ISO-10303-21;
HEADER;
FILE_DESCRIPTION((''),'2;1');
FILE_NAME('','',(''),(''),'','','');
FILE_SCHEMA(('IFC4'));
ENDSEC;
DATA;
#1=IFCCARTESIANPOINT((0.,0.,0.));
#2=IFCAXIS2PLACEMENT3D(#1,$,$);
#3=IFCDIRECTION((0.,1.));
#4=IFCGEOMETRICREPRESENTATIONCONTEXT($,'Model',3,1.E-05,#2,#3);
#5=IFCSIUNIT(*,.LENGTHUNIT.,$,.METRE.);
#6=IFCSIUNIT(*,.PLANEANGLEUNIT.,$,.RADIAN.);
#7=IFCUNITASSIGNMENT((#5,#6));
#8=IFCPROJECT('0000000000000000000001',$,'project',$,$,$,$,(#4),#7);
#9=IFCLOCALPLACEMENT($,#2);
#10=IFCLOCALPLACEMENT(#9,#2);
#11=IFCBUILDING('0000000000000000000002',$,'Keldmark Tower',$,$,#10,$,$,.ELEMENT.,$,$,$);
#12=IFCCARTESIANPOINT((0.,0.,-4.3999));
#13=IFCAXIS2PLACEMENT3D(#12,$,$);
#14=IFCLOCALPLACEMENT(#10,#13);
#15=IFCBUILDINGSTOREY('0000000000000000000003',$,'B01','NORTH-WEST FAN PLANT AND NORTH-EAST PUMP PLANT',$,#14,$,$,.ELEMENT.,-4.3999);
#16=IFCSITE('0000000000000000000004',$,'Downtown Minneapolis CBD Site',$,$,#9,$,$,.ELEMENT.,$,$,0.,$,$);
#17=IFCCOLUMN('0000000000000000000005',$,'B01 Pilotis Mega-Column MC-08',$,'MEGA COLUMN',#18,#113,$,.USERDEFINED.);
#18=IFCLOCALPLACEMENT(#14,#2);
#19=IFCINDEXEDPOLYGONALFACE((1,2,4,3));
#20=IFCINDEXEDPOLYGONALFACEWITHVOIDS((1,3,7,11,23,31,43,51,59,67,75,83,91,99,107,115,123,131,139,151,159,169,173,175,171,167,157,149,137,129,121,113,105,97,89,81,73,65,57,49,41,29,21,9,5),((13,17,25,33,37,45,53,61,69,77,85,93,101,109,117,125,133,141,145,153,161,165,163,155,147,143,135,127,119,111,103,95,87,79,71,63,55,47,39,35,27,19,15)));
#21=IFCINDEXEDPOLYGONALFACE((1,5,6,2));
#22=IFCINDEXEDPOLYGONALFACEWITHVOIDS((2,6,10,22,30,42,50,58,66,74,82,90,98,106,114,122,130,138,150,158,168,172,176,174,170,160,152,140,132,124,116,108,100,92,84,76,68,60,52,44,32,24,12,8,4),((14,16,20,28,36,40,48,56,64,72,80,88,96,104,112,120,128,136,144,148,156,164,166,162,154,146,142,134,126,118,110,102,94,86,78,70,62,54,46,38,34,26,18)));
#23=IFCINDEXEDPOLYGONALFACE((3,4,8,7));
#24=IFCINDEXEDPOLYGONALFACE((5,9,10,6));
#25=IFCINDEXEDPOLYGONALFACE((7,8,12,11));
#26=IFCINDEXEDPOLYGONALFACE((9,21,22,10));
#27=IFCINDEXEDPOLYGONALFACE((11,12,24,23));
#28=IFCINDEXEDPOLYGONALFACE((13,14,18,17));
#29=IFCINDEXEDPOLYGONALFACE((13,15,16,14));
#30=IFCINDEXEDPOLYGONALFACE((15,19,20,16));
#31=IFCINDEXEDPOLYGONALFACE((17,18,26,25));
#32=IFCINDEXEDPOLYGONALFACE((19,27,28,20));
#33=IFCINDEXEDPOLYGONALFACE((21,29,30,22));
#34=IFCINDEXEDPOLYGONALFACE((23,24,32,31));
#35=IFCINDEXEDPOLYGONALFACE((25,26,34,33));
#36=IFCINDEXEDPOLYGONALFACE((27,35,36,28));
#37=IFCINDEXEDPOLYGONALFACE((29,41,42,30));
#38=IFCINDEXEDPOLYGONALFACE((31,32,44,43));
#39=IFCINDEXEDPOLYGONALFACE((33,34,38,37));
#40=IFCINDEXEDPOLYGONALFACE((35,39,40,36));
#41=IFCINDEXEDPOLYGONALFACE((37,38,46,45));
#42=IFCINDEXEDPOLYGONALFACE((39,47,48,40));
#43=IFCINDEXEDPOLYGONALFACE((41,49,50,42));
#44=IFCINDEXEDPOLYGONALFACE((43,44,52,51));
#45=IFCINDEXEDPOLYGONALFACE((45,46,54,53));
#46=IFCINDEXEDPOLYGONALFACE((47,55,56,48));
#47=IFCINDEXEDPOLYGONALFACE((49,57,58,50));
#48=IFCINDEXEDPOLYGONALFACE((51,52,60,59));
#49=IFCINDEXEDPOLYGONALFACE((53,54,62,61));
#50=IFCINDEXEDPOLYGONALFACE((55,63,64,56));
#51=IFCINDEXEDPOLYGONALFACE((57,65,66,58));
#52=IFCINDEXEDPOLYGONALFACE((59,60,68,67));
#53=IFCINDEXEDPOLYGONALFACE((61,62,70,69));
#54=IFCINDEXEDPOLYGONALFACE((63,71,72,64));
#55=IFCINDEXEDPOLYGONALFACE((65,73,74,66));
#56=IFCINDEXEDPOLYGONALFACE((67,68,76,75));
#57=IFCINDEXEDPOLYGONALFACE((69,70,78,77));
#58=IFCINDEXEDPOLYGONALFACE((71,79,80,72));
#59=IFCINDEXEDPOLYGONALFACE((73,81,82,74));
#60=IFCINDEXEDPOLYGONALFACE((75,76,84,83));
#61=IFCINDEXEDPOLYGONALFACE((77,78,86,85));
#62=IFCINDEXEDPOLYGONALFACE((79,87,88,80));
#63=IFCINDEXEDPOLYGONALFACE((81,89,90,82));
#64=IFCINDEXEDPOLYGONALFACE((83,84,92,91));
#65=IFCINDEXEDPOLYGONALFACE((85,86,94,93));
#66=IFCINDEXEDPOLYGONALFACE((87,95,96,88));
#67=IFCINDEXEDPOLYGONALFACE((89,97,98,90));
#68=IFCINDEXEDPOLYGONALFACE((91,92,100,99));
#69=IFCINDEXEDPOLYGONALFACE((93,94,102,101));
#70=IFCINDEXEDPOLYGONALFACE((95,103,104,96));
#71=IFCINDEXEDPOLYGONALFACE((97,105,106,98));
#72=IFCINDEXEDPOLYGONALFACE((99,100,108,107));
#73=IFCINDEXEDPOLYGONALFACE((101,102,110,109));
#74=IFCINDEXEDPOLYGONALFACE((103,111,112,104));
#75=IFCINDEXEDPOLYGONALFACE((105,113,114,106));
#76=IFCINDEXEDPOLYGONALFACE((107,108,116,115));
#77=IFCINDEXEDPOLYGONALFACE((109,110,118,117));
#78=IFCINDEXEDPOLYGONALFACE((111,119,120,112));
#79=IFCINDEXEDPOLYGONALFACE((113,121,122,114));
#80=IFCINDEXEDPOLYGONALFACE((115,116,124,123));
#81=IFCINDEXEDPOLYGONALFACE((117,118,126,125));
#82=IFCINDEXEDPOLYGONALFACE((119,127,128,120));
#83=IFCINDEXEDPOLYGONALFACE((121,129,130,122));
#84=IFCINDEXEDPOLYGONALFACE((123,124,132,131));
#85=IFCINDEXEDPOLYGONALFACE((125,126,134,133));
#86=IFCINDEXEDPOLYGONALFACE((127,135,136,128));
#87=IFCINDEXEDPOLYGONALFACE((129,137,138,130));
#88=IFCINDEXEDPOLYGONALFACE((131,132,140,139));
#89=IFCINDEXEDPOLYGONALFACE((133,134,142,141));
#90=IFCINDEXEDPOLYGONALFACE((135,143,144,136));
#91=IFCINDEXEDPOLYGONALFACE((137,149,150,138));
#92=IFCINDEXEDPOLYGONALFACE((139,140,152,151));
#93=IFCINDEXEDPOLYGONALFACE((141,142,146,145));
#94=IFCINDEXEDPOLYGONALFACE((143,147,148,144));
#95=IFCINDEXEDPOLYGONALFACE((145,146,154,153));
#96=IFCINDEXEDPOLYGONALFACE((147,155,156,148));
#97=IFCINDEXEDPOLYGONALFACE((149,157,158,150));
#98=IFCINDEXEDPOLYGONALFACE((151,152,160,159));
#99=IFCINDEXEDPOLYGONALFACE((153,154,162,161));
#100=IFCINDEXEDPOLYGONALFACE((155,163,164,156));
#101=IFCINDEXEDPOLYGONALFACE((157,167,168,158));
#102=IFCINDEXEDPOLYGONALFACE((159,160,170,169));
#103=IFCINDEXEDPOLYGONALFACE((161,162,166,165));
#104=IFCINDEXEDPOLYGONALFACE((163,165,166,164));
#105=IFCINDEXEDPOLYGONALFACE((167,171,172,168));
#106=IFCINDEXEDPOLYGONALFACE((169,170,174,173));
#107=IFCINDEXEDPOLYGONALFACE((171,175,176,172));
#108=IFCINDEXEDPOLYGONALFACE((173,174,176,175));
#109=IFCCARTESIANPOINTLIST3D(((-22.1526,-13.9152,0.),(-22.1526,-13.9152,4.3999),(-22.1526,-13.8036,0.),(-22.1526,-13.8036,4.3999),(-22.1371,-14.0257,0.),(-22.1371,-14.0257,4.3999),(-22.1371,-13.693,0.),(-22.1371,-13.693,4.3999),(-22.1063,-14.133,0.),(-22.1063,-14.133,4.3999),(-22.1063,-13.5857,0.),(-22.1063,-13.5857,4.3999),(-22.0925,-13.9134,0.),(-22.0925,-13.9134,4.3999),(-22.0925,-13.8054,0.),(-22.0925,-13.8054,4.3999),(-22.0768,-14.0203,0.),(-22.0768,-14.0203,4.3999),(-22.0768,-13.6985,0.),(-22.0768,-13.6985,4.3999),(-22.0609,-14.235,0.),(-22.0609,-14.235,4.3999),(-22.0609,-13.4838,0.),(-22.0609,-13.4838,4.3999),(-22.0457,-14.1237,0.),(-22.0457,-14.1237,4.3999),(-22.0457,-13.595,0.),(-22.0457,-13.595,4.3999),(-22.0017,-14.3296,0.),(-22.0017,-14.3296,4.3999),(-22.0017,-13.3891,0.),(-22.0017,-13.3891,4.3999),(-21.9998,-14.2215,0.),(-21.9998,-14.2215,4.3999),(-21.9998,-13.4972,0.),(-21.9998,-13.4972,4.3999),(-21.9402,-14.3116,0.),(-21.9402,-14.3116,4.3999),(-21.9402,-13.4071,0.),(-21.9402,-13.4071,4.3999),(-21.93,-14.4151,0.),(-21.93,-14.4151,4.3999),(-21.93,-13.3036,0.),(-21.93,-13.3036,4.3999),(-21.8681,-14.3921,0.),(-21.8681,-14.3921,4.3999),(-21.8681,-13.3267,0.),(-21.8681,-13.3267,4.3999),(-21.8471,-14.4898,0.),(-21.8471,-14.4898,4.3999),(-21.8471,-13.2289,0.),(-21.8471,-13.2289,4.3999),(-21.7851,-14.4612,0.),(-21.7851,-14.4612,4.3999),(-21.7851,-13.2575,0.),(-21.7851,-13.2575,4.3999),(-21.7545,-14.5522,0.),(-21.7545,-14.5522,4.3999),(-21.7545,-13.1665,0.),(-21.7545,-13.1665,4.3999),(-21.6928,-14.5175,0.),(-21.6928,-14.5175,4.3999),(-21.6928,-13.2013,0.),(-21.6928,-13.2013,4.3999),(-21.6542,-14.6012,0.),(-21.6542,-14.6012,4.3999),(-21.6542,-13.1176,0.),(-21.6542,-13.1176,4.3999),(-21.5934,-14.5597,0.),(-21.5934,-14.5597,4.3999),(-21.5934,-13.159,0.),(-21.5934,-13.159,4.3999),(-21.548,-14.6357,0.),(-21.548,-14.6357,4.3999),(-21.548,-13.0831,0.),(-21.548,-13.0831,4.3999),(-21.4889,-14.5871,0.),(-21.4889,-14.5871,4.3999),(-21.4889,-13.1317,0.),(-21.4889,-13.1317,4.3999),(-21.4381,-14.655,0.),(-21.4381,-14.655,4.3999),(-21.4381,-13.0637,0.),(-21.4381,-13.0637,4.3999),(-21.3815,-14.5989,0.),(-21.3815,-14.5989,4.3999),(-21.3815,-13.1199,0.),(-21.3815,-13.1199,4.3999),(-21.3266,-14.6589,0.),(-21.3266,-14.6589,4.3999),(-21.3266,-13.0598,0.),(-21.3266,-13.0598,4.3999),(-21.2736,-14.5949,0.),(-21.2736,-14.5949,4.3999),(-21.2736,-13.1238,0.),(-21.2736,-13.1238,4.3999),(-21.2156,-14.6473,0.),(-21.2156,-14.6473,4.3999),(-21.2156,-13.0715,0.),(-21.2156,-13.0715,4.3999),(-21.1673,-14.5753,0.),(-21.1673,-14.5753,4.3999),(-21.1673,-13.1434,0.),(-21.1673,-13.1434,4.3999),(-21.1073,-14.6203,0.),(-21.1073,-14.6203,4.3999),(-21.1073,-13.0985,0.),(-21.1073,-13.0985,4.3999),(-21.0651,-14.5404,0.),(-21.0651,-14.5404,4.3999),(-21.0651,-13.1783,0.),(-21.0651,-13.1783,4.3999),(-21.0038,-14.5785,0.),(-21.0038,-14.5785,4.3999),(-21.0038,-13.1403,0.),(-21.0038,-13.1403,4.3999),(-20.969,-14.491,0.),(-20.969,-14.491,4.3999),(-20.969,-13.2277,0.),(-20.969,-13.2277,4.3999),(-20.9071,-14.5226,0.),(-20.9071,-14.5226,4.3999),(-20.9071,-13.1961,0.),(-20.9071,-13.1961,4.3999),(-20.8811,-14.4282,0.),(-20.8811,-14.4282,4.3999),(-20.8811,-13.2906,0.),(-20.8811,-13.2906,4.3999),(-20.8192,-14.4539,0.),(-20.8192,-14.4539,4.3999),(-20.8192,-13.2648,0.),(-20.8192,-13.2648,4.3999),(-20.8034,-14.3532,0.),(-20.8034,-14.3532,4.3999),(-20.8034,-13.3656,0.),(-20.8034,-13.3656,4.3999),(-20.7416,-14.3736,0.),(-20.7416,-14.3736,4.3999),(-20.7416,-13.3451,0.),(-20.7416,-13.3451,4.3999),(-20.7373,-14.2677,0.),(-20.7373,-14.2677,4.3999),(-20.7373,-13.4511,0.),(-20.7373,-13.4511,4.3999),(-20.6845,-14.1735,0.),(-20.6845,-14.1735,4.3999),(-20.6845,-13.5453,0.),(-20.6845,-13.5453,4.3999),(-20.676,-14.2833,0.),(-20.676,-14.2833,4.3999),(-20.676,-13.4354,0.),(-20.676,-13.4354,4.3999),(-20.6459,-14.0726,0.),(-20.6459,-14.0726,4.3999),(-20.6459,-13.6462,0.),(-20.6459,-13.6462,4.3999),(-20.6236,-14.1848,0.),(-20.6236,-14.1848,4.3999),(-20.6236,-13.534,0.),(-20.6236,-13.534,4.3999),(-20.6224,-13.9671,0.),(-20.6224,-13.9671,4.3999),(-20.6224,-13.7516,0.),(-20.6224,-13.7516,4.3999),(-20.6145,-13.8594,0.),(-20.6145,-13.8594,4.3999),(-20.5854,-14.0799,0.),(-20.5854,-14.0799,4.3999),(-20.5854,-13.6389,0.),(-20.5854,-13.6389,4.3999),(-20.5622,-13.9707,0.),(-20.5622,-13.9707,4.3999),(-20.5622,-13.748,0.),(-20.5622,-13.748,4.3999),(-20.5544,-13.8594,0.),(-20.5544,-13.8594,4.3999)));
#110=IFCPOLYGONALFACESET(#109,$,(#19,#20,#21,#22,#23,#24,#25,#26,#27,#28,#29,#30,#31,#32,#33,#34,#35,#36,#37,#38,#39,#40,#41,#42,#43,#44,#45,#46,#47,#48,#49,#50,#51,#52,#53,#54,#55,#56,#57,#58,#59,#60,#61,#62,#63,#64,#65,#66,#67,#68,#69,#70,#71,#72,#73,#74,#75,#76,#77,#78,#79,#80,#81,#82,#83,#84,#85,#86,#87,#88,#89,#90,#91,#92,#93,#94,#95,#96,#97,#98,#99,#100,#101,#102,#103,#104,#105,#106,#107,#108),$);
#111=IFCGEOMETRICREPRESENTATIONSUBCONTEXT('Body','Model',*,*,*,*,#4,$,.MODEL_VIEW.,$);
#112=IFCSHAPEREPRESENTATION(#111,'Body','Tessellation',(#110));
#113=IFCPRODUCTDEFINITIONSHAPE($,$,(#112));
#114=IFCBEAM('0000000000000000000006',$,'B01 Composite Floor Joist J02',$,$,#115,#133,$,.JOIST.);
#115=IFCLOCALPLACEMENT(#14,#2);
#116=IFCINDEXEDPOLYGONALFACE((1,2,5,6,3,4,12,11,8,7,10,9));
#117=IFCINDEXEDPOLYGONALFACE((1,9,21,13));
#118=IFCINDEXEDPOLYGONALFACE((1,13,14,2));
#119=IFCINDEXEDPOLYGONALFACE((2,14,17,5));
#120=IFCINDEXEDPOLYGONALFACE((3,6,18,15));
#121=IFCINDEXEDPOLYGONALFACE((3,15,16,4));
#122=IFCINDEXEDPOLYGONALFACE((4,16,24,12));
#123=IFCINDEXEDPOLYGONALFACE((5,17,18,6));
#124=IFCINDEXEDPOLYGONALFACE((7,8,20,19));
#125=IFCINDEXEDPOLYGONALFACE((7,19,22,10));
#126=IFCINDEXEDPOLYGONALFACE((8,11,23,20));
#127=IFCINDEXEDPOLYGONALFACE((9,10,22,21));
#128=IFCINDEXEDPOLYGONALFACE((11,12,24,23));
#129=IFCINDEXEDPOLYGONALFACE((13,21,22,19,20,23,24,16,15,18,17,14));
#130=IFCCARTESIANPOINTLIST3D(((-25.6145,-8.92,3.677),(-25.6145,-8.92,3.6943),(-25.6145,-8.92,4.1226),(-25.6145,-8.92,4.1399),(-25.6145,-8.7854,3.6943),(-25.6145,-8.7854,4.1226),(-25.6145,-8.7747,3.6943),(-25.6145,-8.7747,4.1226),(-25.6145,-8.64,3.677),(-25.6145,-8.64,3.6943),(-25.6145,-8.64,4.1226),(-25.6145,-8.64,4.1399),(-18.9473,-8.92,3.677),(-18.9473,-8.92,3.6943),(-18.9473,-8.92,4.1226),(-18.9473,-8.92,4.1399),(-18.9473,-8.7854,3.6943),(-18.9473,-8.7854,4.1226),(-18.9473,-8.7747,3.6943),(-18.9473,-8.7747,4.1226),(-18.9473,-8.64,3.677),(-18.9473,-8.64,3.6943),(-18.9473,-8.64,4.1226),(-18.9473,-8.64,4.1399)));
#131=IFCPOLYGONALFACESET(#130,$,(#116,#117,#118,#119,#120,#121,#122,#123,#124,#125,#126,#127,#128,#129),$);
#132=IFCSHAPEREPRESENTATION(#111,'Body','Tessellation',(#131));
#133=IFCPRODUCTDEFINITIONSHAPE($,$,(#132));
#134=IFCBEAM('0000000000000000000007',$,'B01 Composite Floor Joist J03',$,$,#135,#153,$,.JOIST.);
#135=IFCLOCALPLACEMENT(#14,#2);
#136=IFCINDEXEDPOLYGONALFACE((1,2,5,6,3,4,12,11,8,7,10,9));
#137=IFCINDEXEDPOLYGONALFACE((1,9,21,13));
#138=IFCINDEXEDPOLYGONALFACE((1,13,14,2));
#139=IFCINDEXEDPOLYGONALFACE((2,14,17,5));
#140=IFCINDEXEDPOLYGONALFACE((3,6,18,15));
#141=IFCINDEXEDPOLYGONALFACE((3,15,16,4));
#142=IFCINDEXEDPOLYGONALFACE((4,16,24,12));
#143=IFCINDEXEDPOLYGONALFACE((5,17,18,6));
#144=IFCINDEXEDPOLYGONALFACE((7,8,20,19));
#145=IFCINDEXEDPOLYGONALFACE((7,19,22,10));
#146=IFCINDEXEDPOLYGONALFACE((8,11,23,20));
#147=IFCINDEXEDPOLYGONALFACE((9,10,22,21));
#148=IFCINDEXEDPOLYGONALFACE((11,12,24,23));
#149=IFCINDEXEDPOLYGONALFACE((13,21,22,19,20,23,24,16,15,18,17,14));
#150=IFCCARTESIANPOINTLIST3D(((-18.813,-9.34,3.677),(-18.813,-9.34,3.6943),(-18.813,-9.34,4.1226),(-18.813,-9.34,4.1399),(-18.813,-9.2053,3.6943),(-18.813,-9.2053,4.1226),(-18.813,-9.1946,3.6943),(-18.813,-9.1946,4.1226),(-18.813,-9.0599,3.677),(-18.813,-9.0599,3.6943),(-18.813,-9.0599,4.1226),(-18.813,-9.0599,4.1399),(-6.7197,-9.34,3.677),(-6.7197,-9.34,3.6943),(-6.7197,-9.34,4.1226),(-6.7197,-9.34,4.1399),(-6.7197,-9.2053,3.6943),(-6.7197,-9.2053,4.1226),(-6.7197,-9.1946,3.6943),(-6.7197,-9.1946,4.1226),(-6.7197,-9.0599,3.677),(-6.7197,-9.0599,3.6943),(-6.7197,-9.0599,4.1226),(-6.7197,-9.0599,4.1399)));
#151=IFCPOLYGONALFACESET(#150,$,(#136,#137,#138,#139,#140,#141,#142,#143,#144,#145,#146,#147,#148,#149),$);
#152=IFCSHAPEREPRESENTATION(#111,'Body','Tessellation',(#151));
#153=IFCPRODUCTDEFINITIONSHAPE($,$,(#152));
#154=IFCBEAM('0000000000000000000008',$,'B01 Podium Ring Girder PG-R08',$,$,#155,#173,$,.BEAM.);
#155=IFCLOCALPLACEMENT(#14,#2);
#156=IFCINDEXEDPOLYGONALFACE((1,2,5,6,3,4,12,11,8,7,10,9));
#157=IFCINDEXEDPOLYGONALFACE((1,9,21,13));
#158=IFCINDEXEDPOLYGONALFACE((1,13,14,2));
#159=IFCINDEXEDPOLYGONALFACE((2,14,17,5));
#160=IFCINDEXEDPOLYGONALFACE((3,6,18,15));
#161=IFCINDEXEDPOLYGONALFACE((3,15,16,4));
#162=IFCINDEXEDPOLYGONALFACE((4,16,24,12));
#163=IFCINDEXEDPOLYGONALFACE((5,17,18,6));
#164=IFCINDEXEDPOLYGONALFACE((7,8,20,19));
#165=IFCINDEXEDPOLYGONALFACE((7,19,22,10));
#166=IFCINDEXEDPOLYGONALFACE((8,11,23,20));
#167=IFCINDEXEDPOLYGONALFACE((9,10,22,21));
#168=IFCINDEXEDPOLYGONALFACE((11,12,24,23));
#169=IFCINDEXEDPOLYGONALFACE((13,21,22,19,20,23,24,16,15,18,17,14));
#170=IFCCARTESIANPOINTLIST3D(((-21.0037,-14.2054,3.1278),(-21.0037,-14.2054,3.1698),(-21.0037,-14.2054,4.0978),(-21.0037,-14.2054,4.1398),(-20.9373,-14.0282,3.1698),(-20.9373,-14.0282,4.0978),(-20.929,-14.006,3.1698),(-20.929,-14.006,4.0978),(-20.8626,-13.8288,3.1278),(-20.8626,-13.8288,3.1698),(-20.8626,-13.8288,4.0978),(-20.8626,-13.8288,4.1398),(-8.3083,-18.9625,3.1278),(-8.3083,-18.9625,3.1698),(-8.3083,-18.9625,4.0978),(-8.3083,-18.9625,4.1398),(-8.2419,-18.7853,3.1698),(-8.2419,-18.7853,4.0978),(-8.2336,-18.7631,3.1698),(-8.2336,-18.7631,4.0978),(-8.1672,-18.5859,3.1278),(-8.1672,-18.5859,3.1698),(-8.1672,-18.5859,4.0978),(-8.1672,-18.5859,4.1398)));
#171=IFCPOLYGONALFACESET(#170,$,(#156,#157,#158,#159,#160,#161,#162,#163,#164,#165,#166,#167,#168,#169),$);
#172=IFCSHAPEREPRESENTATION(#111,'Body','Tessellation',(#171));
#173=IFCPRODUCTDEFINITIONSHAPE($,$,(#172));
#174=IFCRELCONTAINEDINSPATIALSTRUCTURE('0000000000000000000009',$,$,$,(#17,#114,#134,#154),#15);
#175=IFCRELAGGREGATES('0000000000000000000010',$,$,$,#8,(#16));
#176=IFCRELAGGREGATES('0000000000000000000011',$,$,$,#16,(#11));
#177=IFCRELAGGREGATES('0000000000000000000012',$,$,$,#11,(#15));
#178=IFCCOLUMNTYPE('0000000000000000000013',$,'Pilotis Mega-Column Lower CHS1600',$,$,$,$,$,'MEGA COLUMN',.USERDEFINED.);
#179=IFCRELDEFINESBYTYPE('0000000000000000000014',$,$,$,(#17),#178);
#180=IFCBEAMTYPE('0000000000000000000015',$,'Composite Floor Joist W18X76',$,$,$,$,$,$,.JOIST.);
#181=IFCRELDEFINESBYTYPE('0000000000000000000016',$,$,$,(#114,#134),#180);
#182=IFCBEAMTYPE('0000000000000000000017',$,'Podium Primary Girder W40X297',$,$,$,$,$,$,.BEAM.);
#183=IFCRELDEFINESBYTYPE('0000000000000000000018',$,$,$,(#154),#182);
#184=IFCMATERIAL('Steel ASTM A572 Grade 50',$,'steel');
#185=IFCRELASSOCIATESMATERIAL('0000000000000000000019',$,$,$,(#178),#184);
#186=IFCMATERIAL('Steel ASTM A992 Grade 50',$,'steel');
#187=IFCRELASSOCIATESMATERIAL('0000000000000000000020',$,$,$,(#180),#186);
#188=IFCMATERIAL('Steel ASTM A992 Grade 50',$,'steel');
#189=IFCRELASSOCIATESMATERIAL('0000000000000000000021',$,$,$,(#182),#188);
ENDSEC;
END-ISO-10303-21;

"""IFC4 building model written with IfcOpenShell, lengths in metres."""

from ifc_helpers import new_model, si_unit, direction, frame, origin, origin_2d, place, context, subcontext, project, spatial, hollow_circle, i_section, extrude, material, material_profile, profile_set, type_object, element, save


model = new_model("IFC4")

# Units and contexts
model_context = context("Model", 3, precision=1e-05, world=origin(), true_north=direction((0.0, 1.0)))
body_context = subcontext(model_context, "Body", "Model", "MODEL_VIEW")
ifc_project = project(units=[si_unit("LENGTHUNIT", "METRE"), si_unit("PLANEANGLEUNIT", "RADIAN")], contexts=[model_context])

# Site, building, storey
site_placement = place(None, origin())
site = spatial("IfcSite", under=ifc_project, at=site_placement, Name="Downtown Minneapolis CBD Site", CompositionType="ELEMENT", RefElevation=0.0)
building_placement = place(site_placement, origin())
building = spatial("IfcBuilding", under=site, at=building_placement, Name="Keldmark Tower", CompositionType="ELEMENT")
storey_placement = place(building_placement, frame((0.0, 0.0, -4.3999)))
storey = spatial("IfcBuildingStorey", under=building, at=storey_placement, Name="B01", Description="NORTH-WEST FAN PLANT AND NORTH-EAST PUMP PLANT", CompositionType="ELEMENT", Elevation=-4.3999)

# Column
ifc_material_1 = material(Name="Steel ASTM A572 Grade 50", Category="steel")
ifc_material_profile_1 = material_profile(ifc_material_1, hollow_circle(Radius=0.8, WallThickness=0.0601, at=origin_2d()), Name="CHS1600X60")
ifc_profile_set_1 = profile_set([ifc_material_profile_1], Name="Steel ASTM A572 Grade 50")
column_type = type_object("IfcColumnType", Name="Pilotis Mega-Column Lower CHS1600", ElementType="MEGA COLUMN", PredefinedType="USERDEFINED", material=ifc_profile_set_1)
column_placement = place(storey_placement, frame((-21.3545, -13.8594, 0.0), z_axis=(0.0, 0.0, 1.0), x_axis=(1.0, 0.0, 0.0)))
element("IfcColumn", 1, at=column_placement, inside=storey, type_object=column_type, Name="B01 Pilotis Mega-Column MC-08", ObjectType="MEGA COLUMN", PredefinedType="USERDEFINED", context=body_context, shape_type="SweptSolid", body=[
    extrude(hollow_circle(Radius=0.8, WallThickness=0.0601, at=origin_2d()), origin(), (0.0, 0.0, 1.0), 4.3999),
])

# Beams
ifc_material_2 = material(Name="Steel ASTM A992 Grade 50", Category="steel")
ifc_material_profile_2 = material_profile(ifc_material_2, i_section(OverallWidth=0.28, OverallDepth=0.4629, WebThickness=0.0107, FlangeThickness=0.0173, at=origin_2d()), Name="W18X76")
ifc_profile_set_2 = profile_set([ifc_material_profile_2], Name="Steel ASTM A992 Grade 50")
beam_type_1 = type_object("IfcBeamType", Name="Composite Floor Joist W18X76", PredefinedType="JOIST", material=ifc_profile_set_2)
beam_1_placement = place(storey_placement, frame((-25.6145, -8.78, 3.9084), z_axis=(1.0, 0.0, 0.0), x_axis=(0.0, 1.0, 0.0)))
element("IfcBeam", 2, at=beam_1_placement, inside=storey, type_object=beam_type_1, Name="B01 Composite Floor Joist J02", PredefinedType="JOIST", context=body_context, shape_type="SweptSolid", body=[
    extrude(i_section(OverallWidth=0.28, OverallDepth=0.4629, WebThickness=0.0107, FlangeThickness=0.0173, at=origin_2d()), origin(), (0.0, 0.0, 1.0), 6.6672),
])
beam_2_placement = place(storey_placement, frame((-18.813, -9.2, 3.9084), z_axis=(1.0, 0.0, 0.0), x_axis=(0.0, 1.0, 0.0)))
element("IfcBeam", 3, at=beam_2_placement, inside=storey, type_object=beam_type_1, Name="B01 Composite Floor Joist J03", PredefinedType="JOIST", context=body_context, shape_type="SweptSolid", body=[
    extrude(i_section(OverallWidth=0.28, OverallDepth=0.4629, WebThickness=0.0107, FlangeThickness=0.0173, at=origin_2d()), origin(), (0.0, 0.0, 1.0), 12.0933),
])
ifc_material_3 = material(Name="Steel ASTM A992 Grade 50", Category="steel")
ifc_material_profile_3 = material_profile(ifc_material_3, i_section(OverallWidth=0.4021, OverallDepth=1.012, WebThickness=0.0237, FlangeThickness=0.042, at=origin_2d()), Name="W40X297")
ifc_profile_set_3 = profile_set([ifc_material_profile_3], Name="Steel ASTM A992 Grade 50")
beam_type_2 = type_object("IfcBeamType", Name="Podium Primary Girder W40X297", PredefinedType="BEAM", material=ifc_profile_set_3)
beam_3_placement = place(storey_placement, frame((-20.9331, -14.0171, 3.6338), z_axis=(0.936418, -0.350887, 0.0), x_axis=(0.350887, 0.936418, 0.0)))
element("IfcBeam", 4, at=beam_3_placement, inside=storey, type_object=beam_type_2, Name="B01 Podium Ring Girder PG-R08", PredefinedType="BEAM", context=body_context, shape_type="SweptSolid", body=[
    extrude(i_section(OverallWidth=0.4021, OverallDepth=1.012, WebThickness=0.0237, FlangeThickness=0.042, at=origin_2d()), origin(), (0.0, 0.0, 1.0), 13.5574),
])

save(model, "model.ifc")
